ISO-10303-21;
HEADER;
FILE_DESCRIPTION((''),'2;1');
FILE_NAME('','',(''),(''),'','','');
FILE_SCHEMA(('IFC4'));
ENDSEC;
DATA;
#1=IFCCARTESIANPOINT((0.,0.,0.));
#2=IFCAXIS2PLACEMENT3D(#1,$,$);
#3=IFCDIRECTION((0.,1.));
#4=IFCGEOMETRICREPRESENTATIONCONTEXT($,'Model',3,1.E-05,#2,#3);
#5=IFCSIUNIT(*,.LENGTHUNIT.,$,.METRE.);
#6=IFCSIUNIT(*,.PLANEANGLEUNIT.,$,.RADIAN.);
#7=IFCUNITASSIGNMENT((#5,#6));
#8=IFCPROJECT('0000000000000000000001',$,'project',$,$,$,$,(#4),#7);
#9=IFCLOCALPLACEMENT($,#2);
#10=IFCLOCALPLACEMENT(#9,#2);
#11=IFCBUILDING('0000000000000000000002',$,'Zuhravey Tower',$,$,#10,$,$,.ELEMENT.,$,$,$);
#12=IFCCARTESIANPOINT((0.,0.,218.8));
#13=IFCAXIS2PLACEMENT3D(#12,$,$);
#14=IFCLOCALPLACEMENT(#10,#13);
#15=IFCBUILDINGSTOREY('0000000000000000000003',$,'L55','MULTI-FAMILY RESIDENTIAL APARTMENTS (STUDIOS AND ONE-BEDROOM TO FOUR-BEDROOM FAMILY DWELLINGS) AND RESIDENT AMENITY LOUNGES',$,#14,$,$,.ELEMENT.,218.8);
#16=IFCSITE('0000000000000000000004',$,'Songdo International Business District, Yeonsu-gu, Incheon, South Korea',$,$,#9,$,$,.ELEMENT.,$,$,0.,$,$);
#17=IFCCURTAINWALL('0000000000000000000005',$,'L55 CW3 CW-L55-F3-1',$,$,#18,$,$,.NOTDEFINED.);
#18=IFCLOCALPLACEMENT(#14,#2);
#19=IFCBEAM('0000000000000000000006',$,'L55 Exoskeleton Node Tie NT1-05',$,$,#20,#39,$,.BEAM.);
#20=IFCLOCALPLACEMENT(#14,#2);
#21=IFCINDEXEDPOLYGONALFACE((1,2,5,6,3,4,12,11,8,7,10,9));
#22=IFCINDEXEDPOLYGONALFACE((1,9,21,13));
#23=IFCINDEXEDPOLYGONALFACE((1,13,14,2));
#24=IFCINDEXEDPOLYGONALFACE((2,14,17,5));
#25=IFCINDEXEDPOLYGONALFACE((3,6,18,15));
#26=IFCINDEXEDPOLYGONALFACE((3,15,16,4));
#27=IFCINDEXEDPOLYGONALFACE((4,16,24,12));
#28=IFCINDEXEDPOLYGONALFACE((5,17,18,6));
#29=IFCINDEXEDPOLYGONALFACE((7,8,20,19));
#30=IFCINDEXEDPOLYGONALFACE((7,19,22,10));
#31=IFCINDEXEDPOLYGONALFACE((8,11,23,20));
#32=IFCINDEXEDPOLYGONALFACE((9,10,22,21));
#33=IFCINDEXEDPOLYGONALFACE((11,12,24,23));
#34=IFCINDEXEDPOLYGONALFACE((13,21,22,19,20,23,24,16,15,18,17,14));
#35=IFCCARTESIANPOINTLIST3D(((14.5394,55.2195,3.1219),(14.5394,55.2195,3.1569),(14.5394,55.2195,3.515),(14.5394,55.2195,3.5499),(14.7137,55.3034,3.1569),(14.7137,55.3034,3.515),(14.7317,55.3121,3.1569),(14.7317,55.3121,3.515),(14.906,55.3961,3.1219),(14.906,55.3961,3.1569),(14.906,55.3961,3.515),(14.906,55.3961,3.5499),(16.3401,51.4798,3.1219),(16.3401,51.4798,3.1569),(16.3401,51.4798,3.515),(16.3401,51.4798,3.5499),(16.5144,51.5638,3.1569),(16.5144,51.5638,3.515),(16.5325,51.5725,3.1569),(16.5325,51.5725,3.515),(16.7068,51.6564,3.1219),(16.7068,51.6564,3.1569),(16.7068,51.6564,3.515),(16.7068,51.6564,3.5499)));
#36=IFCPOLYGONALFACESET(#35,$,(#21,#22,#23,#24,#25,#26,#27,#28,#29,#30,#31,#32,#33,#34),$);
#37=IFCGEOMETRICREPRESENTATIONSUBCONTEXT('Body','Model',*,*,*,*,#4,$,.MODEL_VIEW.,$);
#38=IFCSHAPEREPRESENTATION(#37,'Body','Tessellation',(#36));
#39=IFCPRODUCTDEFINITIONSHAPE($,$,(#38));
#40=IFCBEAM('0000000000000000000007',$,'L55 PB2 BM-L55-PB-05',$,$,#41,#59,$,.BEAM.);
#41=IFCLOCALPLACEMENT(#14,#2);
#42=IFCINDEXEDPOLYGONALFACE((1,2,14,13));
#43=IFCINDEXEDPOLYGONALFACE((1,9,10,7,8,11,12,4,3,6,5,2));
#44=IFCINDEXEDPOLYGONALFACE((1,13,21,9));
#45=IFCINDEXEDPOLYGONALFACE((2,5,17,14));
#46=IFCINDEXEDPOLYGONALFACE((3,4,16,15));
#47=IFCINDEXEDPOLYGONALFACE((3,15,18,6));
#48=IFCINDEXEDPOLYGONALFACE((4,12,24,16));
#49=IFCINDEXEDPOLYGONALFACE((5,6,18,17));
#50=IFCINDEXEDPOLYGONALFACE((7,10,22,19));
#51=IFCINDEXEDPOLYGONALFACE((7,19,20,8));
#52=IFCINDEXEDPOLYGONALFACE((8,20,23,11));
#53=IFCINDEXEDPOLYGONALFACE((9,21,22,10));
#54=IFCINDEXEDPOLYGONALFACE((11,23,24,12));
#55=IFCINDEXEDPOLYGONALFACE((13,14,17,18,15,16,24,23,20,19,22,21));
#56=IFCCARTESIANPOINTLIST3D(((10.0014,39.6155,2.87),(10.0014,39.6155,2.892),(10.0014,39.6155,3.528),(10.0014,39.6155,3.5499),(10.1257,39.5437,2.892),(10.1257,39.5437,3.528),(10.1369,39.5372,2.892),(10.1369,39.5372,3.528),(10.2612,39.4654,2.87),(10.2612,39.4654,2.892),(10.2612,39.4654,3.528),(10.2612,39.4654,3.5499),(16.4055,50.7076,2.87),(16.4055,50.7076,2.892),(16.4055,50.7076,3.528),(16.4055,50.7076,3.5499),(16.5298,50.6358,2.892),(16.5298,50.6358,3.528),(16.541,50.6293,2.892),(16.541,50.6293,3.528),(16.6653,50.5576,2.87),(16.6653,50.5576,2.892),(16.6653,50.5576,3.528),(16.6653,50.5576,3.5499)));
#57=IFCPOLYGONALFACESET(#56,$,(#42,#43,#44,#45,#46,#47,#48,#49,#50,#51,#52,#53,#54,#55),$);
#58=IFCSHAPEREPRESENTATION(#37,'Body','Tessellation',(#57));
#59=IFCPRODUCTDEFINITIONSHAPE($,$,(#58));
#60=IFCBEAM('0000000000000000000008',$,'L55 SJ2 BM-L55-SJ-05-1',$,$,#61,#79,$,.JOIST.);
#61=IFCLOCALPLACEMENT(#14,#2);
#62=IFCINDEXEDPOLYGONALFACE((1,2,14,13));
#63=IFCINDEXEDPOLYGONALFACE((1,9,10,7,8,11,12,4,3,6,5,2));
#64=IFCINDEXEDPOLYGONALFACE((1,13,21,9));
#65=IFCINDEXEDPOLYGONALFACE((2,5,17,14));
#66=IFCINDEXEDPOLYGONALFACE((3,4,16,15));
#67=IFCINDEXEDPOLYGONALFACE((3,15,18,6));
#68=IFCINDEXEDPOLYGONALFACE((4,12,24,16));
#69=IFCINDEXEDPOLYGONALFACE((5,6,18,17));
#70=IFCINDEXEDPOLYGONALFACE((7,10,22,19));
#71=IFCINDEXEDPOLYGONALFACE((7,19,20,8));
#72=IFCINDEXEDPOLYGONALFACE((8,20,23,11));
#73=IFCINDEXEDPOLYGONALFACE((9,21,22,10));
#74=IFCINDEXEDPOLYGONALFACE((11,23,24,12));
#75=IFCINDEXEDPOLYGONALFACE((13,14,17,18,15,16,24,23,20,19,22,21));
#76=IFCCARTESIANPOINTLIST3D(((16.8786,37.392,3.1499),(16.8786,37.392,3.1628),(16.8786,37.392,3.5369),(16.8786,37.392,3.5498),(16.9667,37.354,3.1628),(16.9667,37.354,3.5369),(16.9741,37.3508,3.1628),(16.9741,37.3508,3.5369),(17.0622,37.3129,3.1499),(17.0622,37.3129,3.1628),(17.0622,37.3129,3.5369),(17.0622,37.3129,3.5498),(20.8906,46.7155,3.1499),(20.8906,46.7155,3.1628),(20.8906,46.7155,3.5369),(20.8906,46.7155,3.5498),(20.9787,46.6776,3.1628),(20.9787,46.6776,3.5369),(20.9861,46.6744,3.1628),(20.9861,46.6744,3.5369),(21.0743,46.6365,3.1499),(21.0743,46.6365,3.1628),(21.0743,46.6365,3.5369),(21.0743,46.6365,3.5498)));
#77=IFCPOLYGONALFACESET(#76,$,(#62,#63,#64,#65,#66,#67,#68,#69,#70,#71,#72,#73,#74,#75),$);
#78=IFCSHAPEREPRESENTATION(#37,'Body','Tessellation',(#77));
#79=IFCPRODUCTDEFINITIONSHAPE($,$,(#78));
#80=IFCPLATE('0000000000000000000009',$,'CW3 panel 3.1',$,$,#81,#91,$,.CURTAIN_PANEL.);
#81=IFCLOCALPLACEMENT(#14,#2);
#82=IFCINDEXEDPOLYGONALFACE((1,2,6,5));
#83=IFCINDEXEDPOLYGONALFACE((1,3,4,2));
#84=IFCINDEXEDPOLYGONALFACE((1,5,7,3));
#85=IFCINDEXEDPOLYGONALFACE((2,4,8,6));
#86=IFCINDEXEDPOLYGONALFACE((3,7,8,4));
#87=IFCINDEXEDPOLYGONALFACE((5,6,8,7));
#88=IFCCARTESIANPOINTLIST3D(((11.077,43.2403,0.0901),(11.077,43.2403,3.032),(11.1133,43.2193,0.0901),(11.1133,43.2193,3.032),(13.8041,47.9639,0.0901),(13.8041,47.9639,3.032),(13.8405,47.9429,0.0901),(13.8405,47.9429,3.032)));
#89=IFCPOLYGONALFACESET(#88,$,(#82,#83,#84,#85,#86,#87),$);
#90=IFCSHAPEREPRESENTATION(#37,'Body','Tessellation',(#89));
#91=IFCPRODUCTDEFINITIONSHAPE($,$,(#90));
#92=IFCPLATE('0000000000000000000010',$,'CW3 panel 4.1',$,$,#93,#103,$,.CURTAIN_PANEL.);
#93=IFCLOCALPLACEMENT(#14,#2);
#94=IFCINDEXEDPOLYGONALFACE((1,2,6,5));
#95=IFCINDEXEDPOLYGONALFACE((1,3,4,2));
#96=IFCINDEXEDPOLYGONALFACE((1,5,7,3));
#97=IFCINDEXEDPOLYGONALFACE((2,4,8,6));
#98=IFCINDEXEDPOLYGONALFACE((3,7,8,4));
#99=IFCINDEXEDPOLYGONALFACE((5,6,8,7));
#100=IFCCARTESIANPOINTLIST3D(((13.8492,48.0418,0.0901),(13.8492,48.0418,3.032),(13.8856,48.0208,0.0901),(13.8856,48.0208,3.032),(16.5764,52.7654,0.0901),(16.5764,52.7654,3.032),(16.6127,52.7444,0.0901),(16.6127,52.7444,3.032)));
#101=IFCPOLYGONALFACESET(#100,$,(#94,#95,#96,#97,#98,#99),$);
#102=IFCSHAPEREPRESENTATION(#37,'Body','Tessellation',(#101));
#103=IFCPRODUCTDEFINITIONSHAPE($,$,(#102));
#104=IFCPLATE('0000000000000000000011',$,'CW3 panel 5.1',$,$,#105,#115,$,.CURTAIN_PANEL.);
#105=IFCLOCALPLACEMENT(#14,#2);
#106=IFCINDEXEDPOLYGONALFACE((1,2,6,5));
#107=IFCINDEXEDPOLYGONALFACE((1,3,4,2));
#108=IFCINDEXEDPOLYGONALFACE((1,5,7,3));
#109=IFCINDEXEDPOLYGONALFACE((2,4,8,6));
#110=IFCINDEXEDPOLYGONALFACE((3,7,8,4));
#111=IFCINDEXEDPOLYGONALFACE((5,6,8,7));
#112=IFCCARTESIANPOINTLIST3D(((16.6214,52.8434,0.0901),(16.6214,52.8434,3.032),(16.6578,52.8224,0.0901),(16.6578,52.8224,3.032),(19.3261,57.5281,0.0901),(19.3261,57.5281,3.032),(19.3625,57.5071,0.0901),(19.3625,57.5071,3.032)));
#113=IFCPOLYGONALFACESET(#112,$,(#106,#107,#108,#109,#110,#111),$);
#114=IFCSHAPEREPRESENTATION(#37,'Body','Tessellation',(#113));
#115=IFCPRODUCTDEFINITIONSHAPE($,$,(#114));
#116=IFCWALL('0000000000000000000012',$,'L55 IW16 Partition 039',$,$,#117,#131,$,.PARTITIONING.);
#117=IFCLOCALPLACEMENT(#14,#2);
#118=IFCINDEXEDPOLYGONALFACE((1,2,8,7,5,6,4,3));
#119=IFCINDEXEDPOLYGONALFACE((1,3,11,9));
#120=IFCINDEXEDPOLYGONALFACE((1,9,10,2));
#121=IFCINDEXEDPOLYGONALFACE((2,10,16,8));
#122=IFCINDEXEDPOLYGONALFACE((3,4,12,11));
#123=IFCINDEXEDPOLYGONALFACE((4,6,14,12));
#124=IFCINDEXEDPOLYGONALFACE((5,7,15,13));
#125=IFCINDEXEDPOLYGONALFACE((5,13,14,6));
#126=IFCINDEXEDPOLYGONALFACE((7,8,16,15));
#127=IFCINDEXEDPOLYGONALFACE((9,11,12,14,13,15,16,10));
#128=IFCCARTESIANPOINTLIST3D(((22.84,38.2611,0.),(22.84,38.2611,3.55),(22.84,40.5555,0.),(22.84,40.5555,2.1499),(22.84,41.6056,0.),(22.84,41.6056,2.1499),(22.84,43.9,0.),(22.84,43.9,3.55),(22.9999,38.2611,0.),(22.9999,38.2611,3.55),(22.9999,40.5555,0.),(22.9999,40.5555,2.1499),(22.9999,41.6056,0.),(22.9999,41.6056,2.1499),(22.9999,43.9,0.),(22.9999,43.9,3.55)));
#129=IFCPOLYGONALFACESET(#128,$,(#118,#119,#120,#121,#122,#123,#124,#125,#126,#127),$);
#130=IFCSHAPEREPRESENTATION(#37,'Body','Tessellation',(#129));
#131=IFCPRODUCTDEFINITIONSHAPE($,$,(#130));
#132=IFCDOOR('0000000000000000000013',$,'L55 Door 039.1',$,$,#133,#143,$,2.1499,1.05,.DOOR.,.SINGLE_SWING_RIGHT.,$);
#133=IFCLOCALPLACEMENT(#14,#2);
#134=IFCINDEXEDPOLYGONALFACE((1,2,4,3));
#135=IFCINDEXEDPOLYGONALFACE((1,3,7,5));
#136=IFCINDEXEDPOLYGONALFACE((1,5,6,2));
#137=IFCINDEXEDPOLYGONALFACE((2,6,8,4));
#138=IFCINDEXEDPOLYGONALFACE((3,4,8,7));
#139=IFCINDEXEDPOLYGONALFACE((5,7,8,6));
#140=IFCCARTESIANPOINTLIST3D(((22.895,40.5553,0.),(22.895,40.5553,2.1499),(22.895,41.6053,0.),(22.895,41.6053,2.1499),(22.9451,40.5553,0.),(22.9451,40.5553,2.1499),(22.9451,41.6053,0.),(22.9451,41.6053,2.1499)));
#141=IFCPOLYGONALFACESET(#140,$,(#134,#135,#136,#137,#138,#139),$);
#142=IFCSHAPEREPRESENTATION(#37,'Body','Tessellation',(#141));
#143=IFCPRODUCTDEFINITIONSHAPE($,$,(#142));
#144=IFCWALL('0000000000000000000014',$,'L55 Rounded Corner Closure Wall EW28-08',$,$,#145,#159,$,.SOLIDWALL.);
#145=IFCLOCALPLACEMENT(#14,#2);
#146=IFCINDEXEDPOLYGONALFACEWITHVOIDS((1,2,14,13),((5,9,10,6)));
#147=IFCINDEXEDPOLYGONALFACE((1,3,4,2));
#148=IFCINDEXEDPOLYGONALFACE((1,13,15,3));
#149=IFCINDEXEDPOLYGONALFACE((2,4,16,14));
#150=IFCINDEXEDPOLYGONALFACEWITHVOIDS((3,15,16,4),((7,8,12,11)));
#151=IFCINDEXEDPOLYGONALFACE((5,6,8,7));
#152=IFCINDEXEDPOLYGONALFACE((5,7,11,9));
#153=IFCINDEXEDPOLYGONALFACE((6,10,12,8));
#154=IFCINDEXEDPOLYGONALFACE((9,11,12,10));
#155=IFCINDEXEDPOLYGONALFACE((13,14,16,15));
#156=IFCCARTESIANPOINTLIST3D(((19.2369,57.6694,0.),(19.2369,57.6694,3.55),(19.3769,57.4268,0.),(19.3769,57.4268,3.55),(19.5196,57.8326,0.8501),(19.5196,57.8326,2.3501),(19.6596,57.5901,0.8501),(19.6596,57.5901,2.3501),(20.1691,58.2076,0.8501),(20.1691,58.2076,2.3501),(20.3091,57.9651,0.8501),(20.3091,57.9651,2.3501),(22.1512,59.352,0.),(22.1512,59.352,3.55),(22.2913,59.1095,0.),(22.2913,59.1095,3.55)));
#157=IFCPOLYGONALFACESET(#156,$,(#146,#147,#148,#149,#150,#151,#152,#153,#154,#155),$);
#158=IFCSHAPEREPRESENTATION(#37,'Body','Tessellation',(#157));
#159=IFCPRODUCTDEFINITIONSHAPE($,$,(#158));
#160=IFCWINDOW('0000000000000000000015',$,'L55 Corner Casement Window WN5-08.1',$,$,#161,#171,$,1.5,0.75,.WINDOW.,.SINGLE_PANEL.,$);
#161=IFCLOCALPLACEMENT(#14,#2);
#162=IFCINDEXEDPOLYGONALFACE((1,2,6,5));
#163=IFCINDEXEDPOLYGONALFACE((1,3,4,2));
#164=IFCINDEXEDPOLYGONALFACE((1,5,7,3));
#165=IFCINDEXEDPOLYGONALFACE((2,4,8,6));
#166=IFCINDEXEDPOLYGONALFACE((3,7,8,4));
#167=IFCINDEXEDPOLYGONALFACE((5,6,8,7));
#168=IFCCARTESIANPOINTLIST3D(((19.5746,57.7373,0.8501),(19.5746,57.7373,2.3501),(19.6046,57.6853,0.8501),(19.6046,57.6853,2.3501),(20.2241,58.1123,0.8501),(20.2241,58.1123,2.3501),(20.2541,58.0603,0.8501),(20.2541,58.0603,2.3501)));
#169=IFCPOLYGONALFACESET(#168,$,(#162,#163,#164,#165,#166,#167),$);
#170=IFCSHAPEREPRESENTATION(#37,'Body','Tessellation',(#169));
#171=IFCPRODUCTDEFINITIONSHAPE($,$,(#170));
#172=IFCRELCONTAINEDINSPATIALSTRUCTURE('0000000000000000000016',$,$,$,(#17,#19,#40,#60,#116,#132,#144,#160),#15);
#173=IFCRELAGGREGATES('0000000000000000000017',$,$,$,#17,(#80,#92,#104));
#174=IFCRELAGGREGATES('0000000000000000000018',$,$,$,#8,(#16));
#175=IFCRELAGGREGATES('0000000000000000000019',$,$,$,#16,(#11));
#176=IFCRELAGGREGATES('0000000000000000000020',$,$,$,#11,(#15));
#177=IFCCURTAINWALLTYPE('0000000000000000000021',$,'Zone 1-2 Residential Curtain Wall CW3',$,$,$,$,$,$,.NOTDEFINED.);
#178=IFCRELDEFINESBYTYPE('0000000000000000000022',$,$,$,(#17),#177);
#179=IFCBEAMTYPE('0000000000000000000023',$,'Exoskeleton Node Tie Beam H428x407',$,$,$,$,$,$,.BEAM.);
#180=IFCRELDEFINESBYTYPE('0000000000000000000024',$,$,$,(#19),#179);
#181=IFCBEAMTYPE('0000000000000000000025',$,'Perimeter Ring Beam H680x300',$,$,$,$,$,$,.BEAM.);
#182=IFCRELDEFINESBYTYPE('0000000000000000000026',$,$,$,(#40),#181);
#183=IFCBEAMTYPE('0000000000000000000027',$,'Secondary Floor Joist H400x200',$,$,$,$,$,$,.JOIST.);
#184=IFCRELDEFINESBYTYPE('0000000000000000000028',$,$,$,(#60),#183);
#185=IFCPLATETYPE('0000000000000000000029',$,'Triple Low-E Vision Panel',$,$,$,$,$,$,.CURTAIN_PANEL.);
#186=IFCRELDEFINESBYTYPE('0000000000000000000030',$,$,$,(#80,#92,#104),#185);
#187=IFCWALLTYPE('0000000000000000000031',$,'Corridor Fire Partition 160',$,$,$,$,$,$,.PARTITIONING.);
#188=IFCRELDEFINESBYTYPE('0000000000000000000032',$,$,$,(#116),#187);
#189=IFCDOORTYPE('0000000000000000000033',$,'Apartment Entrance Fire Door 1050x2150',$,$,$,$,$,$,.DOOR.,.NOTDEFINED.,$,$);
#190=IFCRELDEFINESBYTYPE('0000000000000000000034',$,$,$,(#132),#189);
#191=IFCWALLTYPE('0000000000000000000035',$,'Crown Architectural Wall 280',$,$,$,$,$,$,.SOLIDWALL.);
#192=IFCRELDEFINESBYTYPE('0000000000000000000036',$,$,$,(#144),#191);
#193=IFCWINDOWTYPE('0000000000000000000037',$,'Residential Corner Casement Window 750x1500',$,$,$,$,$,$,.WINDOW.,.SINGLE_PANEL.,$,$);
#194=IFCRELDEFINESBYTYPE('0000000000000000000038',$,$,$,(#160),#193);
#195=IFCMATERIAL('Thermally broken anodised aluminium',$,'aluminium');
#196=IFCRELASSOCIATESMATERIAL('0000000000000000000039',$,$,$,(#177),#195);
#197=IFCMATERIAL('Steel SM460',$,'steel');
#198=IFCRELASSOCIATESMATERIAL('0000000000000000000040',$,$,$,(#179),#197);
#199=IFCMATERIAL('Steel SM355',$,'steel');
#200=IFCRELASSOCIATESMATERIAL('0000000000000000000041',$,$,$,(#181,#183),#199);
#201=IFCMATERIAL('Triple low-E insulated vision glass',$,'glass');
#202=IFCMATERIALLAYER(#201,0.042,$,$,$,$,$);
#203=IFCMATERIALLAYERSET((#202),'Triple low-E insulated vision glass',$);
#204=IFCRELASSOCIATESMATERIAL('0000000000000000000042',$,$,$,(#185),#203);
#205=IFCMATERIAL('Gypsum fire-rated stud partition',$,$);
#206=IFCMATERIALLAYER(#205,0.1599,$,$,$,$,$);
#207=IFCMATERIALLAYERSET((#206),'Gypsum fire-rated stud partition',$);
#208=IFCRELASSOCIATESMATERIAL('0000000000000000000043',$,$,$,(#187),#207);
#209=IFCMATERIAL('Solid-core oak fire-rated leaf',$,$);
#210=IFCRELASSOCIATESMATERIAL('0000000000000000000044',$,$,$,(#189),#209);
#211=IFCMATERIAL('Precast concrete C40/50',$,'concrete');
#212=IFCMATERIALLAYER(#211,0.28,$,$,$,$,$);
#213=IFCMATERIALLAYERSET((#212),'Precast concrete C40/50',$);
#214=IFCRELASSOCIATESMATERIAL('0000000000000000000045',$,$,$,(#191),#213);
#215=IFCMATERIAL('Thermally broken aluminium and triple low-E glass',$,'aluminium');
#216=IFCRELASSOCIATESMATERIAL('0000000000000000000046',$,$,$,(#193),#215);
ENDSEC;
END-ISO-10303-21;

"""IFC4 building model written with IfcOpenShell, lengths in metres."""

from ifc_helpers import new_model, si_unit, direction, frame, frame_2d, origin, origin_2d, place, context, subcontext, project, spatial, rectangle, i_section, extrude, material, layer, layer_set, material_profile, profile_set, type_object, element, fill, aggregate, save


model = new_model("IFC4")

# Units and contexts
model_context = context("Model", 3, precision=1e-05, world=origin(), true_north=direction((0.0, 1.0)))
body_context = subcontext(model_context, "Body", "Model", "MODEL_VIEW")
ifc_project = project(units=[si_unit("LENGTHUNIT", "METRE"), si_unit("PLANEANGLEUNIT", "RADIAN")], contexts=[model_context])

# Site, building, storey
site_placement = place(None, origin())
site = spatial("IfcSite", under=ifc_project, at=site_placement, Name="Songdo International Business District, Yeonsu-gu, Incheon, South Korea", CompositionType="ELEMENT", RefElevation=0.0)
building_placement = place(site_placement, origin())
building = spatial("IfcBuilding", under=site, at=building_placement, Name="Zuhravey Tower", CompositionType="ELEMENT")
storey_placement = place(building_placement, frame((0.0, 0.0, 218.8)))
storey = spatial("IfcBuildingStorey", under=building, at=storey_placement, Name="L55", Description="MULTI-FAMILY RESIDENTIAL APARTMENTS (STUDIOS AND ONE-BEDROOM TO FOUR-BEDROOM FAMILY DWELLINGS) AND RESIDENT AMENITY LOUNGES", CompositionType="ELEMENT", Elevation=218.8)

# Curtain wall
ifc_material_1 = material(Name="Thermally broken anodised aluminium", Category="aluminium")
curtain_wall_type = type_object("IfcCurtainWallType", Name="Zone 1-2 Residential Curtain Wall CW3", PredefinedType="NOTDEFINED", material=ifc_material_1)
curtain_wall_1_placement = place(storey_placement, origin())
curtain_wall_1 = element("IfcCurtainWall", 1, at=curtain_wall_1_placement, inside=storey, type_object=curtain_wall_type, Name="L55 CW3 CW-L55-F3-1", PredefinedType="NOTDEFINED")

# Beams
ifc_material_2 = material(Name="Steel SM460", Category="steel")
ifc_material_profile_1 = material_profile(ifc_material_2, i_section(OverallWidth=0.407, OverallDepth=0.428, WebThickness=0.02, FlangeThickness=0.0349, at=origin_2d()), Name="H-428x407x20x35")
ifc_profile_set_1 = profile_set([ifc_material_profile_1], Name="Steel SM460")
beam_type_1 = type_object("IfcBeamType", Name="Exoskeleton Node Tie Beam H428x407", PredefinedType="BEAM", material=ifc_profile_set_1)
beam_1_placement = place(storey_placement, frame((16.5234, 51.5681, 3.3359), z_axis=(-0.433847, 0.900986, 0.0), x_axis=(-0.900986, -0.433847, 0.0)))
element("IfcBeam", 2, at=beam_1_placement, inside=storey, type_object=beam_type_1, Name="L55 Exoskeleton Node Tie NT1-05", PredefinedType="BEAM", context=body_context, shape_type="SweptSolid", body=[
    extrude(i_section(OverallWidth=0.407, OverallDepth=0.428, WebThickness=0.02, FlangeThickness=0.0349, at=origin_2d()), origin(), (0.0, 0.0, 1.0), 4.1506),
])
ifc_material_3 = material(Name="Steel SM355", Category="steel")
ifc_material_profile_2 = material_profile(ifc_material_3, i_section(OverallWidth=0.3, OverallDepth=0.6799, WebThickness=0.0129, FlangeThickness=0.022, at=origin_2d()), Name="H-680x300x13x22")
ifc_profile_set_2 = profile_set([ifc_material_profile_2], Name="Steel SM355")
beam_type_2 = type_object("IfcBeamType", Name="Perimeter Ring Beam H680x300", PredefinedType="BEAM", material=ifc_profile_set_2)
beam_2_placement = place(storey_placement, frame((16.5354, 50.6326, 3.21), z_axis=(-0.500004, -0.866023, 0.0), x_axis=(0.866023, -0.500004, 0.0)))
element("IfcBeam", 3, at=beam_2_placement, inside=storey, type_object=beam_type_2, Name="L55 PB2 BM-L55-PB-05", PredefinedType="BEAM", context=body_context, shape_type="SweptSolid", body=[
    extrude(i_section(OverallWidth=0.3, OverallDepth=0.6799, WebThickness=0.0129, FlangeThickness=0.022, at=origin_2d()), origin(), (0.0, 0.0, 1.0), 12.8081),
])
ifc_material_profile_3 = material_profile(ifc_material_3, i_section(OverallWidth=0.2, OverallDepth=0.3999, WebThickness=0.0081, FlangeThickness=0.0129, at=origin_2d()), Name="H-400x200x8x13")
ifc_profile_set_3 = profile_set([ifc_material_profile_3], Name="Steel SM355")
beam_type_3 = type_object("IfcBeamType", Name="Secondary Floor Joist H400x200", PredefinedType="JOIST", material=ifc_profile_set_3)
beam_3_placement = place(storey_placement, frame((20.9824, 46.676, 3.3499), z_axis=(-0.395266, -0.918567, 0.0), x_axis=(0.918567, -0.395266, 0.0)))
element("IfcBeam", 4, at=beam_3_placement, inside=storey, type_object=beam_type_3, Name="L55 SJ2 BM-L55-SJ-05-1", PredefinedType="JOIST", context=body_context, shape_type="SweptSolid", body=[
    extrude(i_section(OverallWidth=0.2, OverallDepth=0.3999, WebThickness=0.0081, FlangeThickness=0.0129, at=origin_2d()), origin(), (0.0, 0.0, 1.0), 10.1501),
])

# Plates
ifc_material_4 = material(Name="Triple low-E insulated vision glass", Category="glass")
ifc_layer_1 = layer(ifc_material_4, 0.042)
ifc_layer_set_1 = layer_set([ifc_layer_1], Name="Triple low-E insulated vision glass")
plate_type = type_object("IfcPlateType", Name="Triple Low-E Vision Panel", PredefinedType="CURTAIN_PANEL", material=ifc_layer_set_1)
plate_1_placement = place(storey_placement, frame((12.4587, 45.5916, 0.0901), z_axis=(0.0, 0.0, 1.0), x_axis=(0.5, 0.866025, 0.0)))
plate_1 = element("IfcPlate", 5, at=plate_1_placement, type_object=plate_type, Name="CW3 panel 3.1", PredefinedType="CURTAIN_PANEL", context=body_context, shape_type="SweptSolid", body=[
    extrude(rectangle(XDim=5.4543, YDim=0.042, at=origin_2d()), origin(), (0.0, 0.0, 1.0), 2.9419),
])
plate_2_placement = place(storey_placement, frame((15.231, 50.3931, 0.0901), z_axis=(0.0, 0.0, 1.0), x_axis=(0.5, 0.866025, 0.0)))
plate_2 = element("IfcPlate", 6, at=plate_2_placement, type_object=plate_type, Name="CW3 panel 4.1", PredefinedType="CURTAIN_PANEL", context=body_context, shape_type="SweptSolid", body=[
    extrude(rectangle(XDim=5.4543, YDim=0.042, at=origin_2d()), origin(), (0.0, 0.0, 1.0), 2.9419),
])
plate_3_placement = place(storey_placement, frame((17.9919, 55.1753, 0.0901), z_axis=(0.0, 0.0, 1.0), x_axis=(0.5, 0.866025, 0.0)))
plate_3 = element("IfcPlate", 7, at=plate_3_placement, type_object=plate_type, Name="CW3 panel 5.1", PredefinedType="CURTAIN_PANEL", context=body_context, shape_type="SweptSolid", body=[
    extrude(rectangle(XDim=5.4094, YDim=0.042, at=origin_2d()), origin(), (0.0, 0.0, 1.0), 2.9419),
])
aggregate(curtain_wall_1, [plate_1, plate_2, plate_3])

# Wall, opening, door
ifc_material_5 = material(Name="Gypsum fire-rated stud partition")
ifc_layer_2 = layer(ifc_material_5, 0.1599)
ifc_layer_set_2 = layer_set([ifc_layer_2], Name="Gypsum fire-rated stud partition")
wall_type_1 = type_object("IfcWallType", Name="Corridor Fire Partition 160", PredefinedType="PARTITIONING", material=ifc_layer_set_2)
wall_1_placement = place(storey_placement, frame((22.9199, 43.8999, 0.0), z_axis=(0.0, 0.0, 1.0), x_axis=(0.0, -1.0, 0.0)))
wall_1 = element("IfcWall", 8, at=wall_1_placement, inside=storey, type_object=wall_type_1, Name="L55 IW16 Partition 039", PredefinedType="PARTITIONING", context=body_context, shape_type="SweptSolid", body=[
    extrude(rectangle(XDim=5.6389, YDim=0.1599, at=frame_2d((2.8193, 0.0))), origin(), (0.0, 0.0, 1.0), 3.55),
])
opening_1_placement = place(wall_1_placement, frame((2.2944, 0.0, 0.0)))
opening_1 = element("IfcOpeningElement", 9, at=opening_1_placement, cuts=wall_1, PredefinedType="OPENING", context=body_context, shape_type="SweptSolid", body=[
    extrude(rectangle(XDim=1.05, YDim=2.1499, at=frame_2d((0.5249, 1.075))), frame((0.0, 0.092, 0.0), z_axis=(0.0, -1.0, 0.0), x_axis=(1.0, 0.0, 0.0)), (0.0, 0.0, 1.0), 0.1838),
])
ifc_material_6 = material(Name="Solid-core oak fire-rated leaf")
door_type_1 = type_object("IfcDoorType", Name="Apartment Entrance Fire Door 1050x2150", OperationType="NOTDEFINED", PredefinedType="DOOR", material=ifc_material_6)
door_1_placement = place(opening_1_placement, frame((1.05, 0.0, 0.0), z_axis=(0.0, 0.0, 1.0), x_axis=(-1.0, 0.0, 0.0)))
door_1 = element("IfcDoor", 10, at=door_1_placement, inside=storey, type_object=door_type_1, Name="L55 Door 039.1", OperationType="SINGLE_SWING_RIGHT", OverallHeight=2.1499, OverallWidth=1.05, PredefinedType="DOOR", context=body_context, shape_type="SweptSolid", body=[
    extrude(rectangle(XDim=1.05, YDim=2.1499, at=frame_2d((0.5249, 1.075))), frame((0.0, 0.0249, 0.0), z_axis=(0.0, -1.0, 0.0), x_axis=(1.0, 0.0, 0.0)), (0.0, 0.0, 1.0), 0.05),
])
fill(opening_1, door_1)

# Wall, opening, window
ifc_material_7 = material(Name="Precast concrete C40/50", Category="concrete")
ifc_layer_3 = layer(ifc_material_7, 0.28)
ifc_layer_set_3 = layer_set([ifc_layer_3], Name="Precast concrete C40/50")
wall_type_2 = type_object("IfcWallType", Name="Crown Architectural Wall 280", PredefinedType="SOLIDWALL", material=ifc_layer_set_3)
wall_2_placement = place(storey_placement, frame((19.3069, 57.5481, 0.0), z_axis=(0.0, 0.0, 1.0), x_axis=(0.86602, 0.500009, 0.0)))
wall_2 = element("IfcWall", 11, at=wall_2_placement, inside=storey, type_object=wall_type_2, Name="L55 Rounded Corner Closure Wall EW28-08", PredefinedType="SOLIDWALL", context=body_context, shape_type="SweptSolid", body=[
    extrude(rectangle(XDim=3.3652, YDim=0.28, at=frame_2d((1.6826, 0.0))), origin(), (0.0, 0.0, 1.0), 3.55),
])
opening_2_placement = place(wall_2_placement, frame((0.3264, 0.0, 0.8501)))
opening_2 = element("IfcOpeningElement", 12, at=opening_2_placement, cuts=wall_2, PredefinedType="OPENING", context=body_context, shape_type="SweptSolid", body=[
    extrude(rectangle(XDim=0.75, YDim=1.5, at=frame_2d((0.375, 0.75))), frame((0.0, 0.1521, 0.0), z_axis=(0.0, -1.0, 0.0), x_axis=(1.0, 0.0, 0.0)), (0.0, 0.0, 1.0), 0.304),
])
ifc_material_8 = material(Name="Thermally broken aluminium and triple low-E glass", Category="aluminium")
window_type = type_object("IfcWindowType", Name="Residential Corner Casement Window 750x1500", PartitioningType="SINGLE_PANEL", PredefinedType="WINDOW", material=ifc_material_8)
window_placement = place(opening_2_placement, origin())
window = element("IfcWindow", 13, at=window_placement, inside=storey, type_object=window_type, Name="L55 Corner Casement Window WN5-08.1", OverallHeight=1.5, OverallWidth=0.75, PartitioningType="SINGLE_PANEL", PredefinedType="WINDOW", context=body_context, shape_type="SweptSolid", body=[
    extrude(rectangle(XDim=0.75, YDim=1.5, at=frame_2d((0.375, 0.75))), frame((0.0, 0.03, 0.0), z_axis=(0.0, -1.0, 0.0), x_axis=(1.0, 0.0, 0.0)), (0.0, 0.0, 1.0), 0.0601),
])
fill(opening_2, window)

save(model, "model.ifc")
